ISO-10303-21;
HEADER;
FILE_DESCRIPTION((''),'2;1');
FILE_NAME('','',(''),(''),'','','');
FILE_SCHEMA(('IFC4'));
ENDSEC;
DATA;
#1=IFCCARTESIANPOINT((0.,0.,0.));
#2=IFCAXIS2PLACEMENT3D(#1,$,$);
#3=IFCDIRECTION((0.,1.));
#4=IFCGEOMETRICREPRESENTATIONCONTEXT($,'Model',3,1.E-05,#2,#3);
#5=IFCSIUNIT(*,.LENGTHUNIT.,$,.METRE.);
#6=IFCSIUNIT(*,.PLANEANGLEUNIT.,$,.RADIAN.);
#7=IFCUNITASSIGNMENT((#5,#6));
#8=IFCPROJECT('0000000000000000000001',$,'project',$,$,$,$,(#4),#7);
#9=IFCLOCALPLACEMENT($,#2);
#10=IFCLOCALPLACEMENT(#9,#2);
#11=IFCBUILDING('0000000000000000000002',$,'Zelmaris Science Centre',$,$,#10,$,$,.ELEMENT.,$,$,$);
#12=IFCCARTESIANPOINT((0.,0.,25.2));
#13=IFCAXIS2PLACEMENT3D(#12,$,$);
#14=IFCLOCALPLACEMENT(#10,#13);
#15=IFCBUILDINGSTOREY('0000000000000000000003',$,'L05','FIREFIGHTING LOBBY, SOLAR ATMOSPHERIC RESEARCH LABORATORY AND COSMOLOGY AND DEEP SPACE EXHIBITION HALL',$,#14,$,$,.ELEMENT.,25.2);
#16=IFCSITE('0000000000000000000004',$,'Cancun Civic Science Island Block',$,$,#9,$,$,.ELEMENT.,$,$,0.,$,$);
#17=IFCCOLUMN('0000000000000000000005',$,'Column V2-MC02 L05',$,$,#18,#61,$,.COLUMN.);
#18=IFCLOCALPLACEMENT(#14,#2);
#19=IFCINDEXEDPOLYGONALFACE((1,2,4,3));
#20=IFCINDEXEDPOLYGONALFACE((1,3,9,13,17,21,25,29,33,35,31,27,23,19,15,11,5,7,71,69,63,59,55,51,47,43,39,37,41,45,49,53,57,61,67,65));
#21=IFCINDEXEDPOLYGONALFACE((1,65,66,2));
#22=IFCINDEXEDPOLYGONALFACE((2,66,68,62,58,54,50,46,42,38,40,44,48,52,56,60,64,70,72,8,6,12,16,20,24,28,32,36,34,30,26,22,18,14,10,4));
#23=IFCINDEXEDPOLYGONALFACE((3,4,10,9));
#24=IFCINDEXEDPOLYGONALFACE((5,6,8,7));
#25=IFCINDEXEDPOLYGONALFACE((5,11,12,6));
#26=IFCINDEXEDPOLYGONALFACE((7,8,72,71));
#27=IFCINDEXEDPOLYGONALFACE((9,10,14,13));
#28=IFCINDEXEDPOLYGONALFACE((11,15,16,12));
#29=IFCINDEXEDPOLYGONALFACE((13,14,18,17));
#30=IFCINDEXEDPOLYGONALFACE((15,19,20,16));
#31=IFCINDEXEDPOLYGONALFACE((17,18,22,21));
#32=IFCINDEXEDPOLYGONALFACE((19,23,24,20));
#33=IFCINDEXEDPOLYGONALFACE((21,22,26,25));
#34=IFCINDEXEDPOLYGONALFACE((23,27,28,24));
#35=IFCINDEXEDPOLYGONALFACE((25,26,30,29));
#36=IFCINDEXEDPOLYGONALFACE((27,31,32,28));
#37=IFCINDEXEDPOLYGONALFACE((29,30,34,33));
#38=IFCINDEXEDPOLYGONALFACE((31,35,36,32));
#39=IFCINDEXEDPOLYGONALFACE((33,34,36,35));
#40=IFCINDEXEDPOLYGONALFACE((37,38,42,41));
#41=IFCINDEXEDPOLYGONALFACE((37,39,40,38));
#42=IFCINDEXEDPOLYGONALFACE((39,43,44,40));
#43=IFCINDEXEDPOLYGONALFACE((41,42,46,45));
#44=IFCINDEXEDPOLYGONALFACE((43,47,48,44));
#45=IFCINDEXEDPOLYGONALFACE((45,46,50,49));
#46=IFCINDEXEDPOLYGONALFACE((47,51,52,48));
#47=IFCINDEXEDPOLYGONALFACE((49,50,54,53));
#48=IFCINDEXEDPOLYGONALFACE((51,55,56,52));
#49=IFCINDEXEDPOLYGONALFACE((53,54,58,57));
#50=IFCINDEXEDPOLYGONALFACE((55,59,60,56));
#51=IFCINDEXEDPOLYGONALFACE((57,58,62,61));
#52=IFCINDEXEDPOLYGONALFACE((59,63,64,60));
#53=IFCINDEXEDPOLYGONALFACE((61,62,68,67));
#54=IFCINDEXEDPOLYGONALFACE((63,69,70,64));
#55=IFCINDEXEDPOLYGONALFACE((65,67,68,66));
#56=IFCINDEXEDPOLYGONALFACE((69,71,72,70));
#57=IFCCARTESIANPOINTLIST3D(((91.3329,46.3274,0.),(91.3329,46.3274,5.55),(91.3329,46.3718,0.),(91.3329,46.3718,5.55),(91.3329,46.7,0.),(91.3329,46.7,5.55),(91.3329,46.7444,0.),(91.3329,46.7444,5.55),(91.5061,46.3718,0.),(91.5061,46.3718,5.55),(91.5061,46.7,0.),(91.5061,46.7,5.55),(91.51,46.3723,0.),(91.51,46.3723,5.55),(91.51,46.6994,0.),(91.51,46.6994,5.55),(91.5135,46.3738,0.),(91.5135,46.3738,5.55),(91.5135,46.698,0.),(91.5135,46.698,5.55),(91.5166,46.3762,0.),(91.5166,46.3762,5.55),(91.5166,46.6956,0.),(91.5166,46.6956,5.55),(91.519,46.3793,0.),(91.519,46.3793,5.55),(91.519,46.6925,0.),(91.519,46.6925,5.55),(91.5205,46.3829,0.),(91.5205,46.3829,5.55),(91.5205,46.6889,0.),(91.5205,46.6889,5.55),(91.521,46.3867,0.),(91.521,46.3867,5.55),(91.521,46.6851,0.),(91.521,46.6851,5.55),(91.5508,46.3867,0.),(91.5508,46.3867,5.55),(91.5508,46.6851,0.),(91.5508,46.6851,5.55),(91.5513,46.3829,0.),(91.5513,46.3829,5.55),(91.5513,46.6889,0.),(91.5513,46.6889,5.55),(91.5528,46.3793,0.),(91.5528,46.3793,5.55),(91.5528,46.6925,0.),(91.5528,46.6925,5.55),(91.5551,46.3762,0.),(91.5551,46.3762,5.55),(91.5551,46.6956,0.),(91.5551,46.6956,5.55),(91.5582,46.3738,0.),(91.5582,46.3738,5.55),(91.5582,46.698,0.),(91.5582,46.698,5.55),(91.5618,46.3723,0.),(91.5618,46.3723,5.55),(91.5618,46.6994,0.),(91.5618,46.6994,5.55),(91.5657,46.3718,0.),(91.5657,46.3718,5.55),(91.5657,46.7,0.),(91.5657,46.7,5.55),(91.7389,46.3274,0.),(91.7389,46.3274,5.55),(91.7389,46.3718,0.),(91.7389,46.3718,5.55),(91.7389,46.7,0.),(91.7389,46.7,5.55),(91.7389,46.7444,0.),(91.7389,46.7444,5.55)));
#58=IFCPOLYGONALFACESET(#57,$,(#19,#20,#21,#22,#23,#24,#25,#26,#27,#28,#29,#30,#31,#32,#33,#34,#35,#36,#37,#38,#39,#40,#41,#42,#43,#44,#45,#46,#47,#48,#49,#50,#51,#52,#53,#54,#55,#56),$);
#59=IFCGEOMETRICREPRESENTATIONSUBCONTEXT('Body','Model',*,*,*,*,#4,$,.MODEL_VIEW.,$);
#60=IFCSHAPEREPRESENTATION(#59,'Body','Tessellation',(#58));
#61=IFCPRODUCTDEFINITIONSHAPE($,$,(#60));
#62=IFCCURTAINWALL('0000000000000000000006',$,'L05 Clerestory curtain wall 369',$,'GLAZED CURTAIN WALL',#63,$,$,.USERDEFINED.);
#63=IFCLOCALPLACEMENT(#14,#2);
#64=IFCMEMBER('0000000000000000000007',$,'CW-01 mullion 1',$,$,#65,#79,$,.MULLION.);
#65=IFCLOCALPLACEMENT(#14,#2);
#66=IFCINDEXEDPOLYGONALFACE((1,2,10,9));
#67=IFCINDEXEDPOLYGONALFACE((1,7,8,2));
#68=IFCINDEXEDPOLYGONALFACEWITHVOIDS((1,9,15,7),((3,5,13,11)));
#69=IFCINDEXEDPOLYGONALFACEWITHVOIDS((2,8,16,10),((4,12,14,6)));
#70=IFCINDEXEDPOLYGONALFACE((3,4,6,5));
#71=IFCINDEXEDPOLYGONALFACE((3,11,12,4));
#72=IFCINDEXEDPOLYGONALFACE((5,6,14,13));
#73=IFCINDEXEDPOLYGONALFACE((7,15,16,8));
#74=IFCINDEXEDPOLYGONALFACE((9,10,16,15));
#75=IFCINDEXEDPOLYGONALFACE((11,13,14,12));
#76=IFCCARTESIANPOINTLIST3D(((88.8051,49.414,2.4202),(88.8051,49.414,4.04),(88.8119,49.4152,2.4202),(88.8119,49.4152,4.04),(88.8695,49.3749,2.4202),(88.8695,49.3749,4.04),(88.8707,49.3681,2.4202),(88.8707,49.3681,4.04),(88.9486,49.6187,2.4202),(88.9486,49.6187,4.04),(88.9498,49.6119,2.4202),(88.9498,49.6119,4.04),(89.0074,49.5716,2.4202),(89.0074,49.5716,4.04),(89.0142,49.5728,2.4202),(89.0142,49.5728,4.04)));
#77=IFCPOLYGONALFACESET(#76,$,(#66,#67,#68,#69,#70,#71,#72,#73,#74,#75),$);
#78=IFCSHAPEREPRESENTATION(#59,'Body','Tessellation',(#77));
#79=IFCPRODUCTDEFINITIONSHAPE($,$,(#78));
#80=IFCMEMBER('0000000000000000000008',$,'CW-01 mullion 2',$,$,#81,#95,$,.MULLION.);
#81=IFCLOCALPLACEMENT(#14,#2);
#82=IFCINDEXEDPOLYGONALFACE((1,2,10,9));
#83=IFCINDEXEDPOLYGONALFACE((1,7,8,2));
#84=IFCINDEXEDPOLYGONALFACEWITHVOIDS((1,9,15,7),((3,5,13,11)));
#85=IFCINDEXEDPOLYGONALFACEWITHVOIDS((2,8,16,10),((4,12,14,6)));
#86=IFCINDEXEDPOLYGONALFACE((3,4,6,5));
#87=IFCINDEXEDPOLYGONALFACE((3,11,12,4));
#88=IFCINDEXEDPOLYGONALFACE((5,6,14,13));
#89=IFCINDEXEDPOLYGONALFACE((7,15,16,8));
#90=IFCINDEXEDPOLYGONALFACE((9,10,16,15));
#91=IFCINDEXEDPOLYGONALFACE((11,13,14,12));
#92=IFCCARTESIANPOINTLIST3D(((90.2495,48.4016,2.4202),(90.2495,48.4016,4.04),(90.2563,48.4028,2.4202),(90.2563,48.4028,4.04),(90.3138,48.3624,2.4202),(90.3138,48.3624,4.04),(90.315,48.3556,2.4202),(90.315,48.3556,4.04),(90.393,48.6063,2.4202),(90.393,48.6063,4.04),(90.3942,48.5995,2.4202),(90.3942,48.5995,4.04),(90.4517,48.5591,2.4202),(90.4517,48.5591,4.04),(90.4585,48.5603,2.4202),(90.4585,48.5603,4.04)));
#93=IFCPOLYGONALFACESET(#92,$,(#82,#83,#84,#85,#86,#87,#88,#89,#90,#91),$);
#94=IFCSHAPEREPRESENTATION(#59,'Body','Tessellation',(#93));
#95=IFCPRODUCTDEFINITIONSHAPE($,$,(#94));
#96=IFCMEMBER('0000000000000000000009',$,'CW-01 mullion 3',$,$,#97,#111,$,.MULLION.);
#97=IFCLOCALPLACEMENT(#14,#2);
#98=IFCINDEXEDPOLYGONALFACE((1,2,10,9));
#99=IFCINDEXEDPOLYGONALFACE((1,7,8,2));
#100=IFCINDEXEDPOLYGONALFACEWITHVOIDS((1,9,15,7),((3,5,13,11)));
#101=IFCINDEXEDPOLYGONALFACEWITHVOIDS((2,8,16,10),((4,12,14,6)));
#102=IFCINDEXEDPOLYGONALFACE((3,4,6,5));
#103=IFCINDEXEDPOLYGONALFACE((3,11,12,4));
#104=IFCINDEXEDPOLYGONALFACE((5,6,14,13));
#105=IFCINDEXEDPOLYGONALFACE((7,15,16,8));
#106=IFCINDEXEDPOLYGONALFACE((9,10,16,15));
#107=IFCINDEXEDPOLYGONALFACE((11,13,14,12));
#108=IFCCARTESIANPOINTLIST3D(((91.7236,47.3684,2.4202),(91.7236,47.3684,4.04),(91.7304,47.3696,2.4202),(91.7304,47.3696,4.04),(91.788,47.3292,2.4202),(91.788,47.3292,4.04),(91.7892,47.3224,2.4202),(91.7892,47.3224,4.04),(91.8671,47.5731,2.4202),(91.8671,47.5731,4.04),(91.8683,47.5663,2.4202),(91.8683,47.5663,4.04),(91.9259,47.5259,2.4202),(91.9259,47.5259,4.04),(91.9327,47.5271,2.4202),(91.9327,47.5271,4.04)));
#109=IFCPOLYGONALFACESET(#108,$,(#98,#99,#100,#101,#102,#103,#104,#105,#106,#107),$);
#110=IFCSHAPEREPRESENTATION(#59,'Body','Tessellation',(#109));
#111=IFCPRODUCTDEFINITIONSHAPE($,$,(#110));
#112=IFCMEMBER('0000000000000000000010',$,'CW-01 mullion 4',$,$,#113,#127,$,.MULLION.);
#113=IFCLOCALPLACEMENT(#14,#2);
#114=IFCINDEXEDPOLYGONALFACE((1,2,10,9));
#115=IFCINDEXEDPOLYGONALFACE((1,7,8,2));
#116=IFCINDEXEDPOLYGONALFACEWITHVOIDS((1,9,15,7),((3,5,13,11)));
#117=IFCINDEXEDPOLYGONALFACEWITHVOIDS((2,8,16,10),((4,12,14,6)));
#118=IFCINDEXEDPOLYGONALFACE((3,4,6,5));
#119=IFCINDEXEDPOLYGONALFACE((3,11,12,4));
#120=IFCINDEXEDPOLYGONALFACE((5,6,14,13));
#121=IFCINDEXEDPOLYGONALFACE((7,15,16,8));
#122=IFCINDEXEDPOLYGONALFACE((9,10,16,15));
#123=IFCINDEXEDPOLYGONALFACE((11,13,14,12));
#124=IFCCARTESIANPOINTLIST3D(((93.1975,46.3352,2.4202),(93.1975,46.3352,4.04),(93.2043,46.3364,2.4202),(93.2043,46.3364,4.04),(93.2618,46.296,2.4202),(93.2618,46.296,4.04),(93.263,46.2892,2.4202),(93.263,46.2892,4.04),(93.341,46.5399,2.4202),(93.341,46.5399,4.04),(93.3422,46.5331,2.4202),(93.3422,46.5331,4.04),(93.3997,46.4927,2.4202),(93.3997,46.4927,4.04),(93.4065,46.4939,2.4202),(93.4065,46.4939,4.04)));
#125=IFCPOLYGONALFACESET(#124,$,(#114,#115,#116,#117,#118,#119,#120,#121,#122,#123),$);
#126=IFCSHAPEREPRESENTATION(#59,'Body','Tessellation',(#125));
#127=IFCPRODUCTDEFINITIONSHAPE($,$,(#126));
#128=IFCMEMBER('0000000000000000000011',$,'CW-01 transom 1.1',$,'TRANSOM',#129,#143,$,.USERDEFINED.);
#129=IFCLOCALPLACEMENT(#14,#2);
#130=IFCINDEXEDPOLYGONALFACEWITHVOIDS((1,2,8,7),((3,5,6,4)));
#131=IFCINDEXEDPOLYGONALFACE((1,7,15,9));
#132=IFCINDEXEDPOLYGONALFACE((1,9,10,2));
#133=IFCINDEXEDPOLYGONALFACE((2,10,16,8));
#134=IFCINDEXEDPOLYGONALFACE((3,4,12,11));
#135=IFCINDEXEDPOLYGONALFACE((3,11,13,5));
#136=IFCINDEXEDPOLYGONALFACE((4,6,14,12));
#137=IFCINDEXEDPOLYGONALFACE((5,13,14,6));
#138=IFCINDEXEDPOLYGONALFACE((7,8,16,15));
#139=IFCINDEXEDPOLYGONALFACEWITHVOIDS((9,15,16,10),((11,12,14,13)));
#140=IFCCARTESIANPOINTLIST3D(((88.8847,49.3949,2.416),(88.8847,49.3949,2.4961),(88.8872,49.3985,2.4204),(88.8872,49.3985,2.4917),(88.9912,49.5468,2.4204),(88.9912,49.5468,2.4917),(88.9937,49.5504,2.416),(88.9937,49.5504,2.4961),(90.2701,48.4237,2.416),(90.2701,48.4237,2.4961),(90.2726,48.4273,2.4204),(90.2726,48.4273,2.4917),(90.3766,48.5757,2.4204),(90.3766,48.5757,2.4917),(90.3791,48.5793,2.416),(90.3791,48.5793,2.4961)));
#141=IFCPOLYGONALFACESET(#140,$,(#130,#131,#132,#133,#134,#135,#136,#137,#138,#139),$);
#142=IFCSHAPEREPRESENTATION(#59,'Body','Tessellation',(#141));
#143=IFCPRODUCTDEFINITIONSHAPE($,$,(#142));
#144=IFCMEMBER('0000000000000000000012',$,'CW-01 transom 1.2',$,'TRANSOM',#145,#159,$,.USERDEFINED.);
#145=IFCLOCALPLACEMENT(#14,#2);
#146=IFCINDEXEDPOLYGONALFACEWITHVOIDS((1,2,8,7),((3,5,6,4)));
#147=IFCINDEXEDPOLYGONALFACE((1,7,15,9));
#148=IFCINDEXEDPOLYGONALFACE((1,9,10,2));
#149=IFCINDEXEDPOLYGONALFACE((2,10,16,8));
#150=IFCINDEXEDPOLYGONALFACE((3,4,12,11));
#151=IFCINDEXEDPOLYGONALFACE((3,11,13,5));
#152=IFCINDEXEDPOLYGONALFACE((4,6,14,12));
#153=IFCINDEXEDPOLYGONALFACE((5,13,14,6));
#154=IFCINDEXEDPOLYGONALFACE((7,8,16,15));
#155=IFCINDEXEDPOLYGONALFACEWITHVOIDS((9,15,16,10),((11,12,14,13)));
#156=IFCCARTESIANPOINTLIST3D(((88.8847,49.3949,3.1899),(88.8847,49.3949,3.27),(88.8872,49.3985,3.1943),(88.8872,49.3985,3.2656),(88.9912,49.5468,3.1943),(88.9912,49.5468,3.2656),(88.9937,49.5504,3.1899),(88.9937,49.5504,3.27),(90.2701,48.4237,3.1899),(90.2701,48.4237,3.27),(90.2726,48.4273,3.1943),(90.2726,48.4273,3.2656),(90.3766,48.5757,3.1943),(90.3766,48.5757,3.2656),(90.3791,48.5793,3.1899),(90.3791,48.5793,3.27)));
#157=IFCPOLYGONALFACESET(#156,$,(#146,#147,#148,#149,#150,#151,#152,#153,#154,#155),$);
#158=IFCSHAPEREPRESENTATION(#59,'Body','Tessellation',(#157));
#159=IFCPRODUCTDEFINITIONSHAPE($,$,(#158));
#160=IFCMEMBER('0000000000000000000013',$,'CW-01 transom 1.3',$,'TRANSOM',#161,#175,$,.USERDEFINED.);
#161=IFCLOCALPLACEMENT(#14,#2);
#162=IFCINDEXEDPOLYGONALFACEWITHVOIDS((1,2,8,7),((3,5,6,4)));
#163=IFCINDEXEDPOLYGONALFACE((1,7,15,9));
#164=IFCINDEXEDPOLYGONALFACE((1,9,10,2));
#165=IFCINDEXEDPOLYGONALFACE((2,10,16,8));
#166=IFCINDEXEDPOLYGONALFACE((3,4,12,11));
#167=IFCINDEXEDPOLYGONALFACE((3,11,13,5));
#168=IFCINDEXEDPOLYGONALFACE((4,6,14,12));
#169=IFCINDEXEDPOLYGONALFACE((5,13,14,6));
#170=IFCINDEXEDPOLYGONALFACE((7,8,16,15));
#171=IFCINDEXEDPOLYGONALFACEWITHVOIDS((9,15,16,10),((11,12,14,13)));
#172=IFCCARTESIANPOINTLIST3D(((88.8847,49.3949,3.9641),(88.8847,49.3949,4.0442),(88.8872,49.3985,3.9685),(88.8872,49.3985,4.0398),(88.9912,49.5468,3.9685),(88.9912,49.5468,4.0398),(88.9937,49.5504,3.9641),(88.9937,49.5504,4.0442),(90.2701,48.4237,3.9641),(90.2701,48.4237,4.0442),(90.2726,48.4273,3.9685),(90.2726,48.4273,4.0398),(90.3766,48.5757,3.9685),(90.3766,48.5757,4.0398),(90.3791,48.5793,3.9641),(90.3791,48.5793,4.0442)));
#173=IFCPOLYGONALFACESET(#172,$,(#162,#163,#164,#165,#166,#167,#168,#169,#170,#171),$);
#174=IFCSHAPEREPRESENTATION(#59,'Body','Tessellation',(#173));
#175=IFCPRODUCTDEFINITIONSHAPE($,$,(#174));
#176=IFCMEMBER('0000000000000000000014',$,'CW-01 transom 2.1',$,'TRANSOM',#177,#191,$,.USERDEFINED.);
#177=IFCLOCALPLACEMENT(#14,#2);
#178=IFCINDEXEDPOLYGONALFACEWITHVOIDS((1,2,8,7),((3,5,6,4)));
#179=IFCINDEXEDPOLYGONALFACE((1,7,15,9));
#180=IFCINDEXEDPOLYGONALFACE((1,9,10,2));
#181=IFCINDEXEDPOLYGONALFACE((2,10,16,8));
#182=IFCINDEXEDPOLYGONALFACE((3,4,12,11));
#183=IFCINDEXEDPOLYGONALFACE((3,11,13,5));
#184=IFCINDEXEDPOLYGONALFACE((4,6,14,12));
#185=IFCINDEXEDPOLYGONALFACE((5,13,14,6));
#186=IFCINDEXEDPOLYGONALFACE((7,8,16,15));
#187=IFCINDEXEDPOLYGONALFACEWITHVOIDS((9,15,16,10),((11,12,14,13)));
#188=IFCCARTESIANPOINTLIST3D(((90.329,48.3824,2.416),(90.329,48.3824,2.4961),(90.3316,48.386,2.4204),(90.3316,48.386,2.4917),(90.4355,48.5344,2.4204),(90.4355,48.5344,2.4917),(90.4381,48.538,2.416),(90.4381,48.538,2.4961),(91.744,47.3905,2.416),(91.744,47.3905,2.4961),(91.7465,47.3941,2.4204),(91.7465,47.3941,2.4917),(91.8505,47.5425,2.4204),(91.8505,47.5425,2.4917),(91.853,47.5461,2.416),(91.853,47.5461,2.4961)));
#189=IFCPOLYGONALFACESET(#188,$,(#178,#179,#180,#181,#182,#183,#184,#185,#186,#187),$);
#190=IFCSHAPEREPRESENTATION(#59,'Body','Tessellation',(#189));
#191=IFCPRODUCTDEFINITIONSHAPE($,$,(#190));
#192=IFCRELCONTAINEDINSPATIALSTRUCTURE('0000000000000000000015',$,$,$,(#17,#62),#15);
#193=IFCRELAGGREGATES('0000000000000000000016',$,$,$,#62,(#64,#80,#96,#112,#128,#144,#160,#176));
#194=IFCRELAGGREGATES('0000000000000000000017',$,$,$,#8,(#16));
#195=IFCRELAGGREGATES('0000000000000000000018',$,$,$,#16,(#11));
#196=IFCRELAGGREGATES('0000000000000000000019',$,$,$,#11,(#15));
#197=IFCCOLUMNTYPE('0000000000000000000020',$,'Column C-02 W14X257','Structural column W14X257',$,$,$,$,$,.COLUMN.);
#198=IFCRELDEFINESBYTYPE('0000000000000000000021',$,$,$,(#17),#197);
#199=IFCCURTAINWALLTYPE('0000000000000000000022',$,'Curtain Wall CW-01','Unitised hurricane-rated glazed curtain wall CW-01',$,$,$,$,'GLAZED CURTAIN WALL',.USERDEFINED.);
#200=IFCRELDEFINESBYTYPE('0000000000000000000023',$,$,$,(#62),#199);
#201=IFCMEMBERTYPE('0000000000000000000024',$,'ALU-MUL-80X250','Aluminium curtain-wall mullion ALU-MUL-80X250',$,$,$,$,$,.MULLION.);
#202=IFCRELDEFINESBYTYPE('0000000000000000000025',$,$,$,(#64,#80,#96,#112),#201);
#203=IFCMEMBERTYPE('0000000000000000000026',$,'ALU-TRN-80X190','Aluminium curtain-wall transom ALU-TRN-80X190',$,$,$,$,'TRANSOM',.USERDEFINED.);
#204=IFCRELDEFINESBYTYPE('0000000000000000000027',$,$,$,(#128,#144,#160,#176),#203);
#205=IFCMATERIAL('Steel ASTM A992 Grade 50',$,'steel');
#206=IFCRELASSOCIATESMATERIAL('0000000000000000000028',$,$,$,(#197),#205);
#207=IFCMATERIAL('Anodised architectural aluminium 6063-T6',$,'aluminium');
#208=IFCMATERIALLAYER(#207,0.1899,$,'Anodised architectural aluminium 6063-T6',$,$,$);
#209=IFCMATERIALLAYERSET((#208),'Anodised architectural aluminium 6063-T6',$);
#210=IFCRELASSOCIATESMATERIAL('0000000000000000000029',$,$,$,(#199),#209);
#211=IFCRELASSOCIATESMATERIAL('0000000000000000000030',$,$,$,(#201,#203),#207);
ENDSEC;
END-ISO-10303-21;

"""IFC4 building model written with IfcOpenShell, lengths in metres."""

from ifc_helpers import new_model, si_unit, direction, frame, origin, origin_2d, place, context, subcontext, project, spatial, hollow_rectangle, i_section, extrude, material, layer, layer_set, material_profile, profile_set, type_object, element, aggregate, save


model = new_model("IFC4")

# Units and contexts
model_context = context("Model", 3, precision=1e-05, world=origin(), true_north=direction((0.0, 1.0)))
body_context = subcontext(model_context, "Body", "Model", "MODEL_VIEW")
ifc_project = project(units=[si_unit("LENGTHUNIT", "METRE"), si_unit("PLANEANGLEUNIT", "RADIAN")], contexts=[model_context])

# Site, building, storey
site_placement = place(None, origin())
site = spatial("IfcSite", under=ifc_project, at=site_placement, Name="Cancun Civic Science Island Block", CompositionType="ELEMENT", RefElevation=0.0)
building_placement = place(site_placement, origin())
building = spatial("IfcBuilding", under=site, at=building_placement, Name="Zelmaris Science Centre", CompositionType="ELEMENT")
storey_placement = place(building_placement, frame((0.0, 0.0, 25.2)))
storey = spatial("IfcBuildingStorey", under=building, at=storey_placement, Name="L05", Description="FIREFIGHTING LOBBY, SOLAR ATMOSPHERIC RESEARCH LABORATORY AND COSMOLOGY AND DEEP SPACE EXHIBITION HALL", CompositionType="ELEMENT", Elevation=25.2)

# Column
ifc_material_1 = material(Name="Steel ASTM A992 Grade 50", Category="steel")
ifc_material_profile_1 = material_profile(ifc_material_1, i_section(OverallWidth=0.406, OverallDepth=0.417, WebThickness=0.0298, FlangeThickness=0.0444, FilletRadius=0.0149, at=origin_2d()), Name="W14X257")
ifc_profile_set_1 = profile_set([ifc_material_profile_1], Name="Steel ASTM A992 Grade 50")
column_type = type_object("IfcColumnType", Name="Column C-02 W14X257", Description="Structural column W14X257", PredefinedType="COLUMN", material=ifc_profile_set_1)
column_placement = place(storey_placement, frame((91.5359, 46.5359, 0.0), z_axis=(0.0, 0.0, 1.0), x_axis=(1.0, 0.0, 0.0)))
element("IfcColumn", 1, at=column_placement, inside=storey, type_object=column_type, Name="Column V2-MC02 L05", PredefinedType="COLUMN", context=body_context, shape_type="SweptSolid", body=[
    extrude(i_section(OverallWidth=0.406, OverallDepth=0.417, WebThickness=0.0298, FlangeThickness=0.0444, FilletRadius=0.0149, at=origin_2d()), origin(), (0.0, 0.0, 1.0), 5.55),
])

# Curtain wall, members
ifc_material_2 = material(Name="Anodised architectural aluminium 6063-T6", Category="aluminium")
ifc_layer_1 = layer(ifc_material_2, 0.1899, Name="Anodised architectural aluminium 6063-T6")
ifc_layer_set_1 = layer_set([ifc_layer_1], Name="Anodised architectural aluminium 6063-T6")
curtain_wall_type = type_object("IfcCurtainWallType", Name="Curtain Wall CW-01", Description="Unitised hurricane-rated glazed curtain wall CW-01", ElementType="GLAZED CURTAIN WALL", PredefinedType="USERDEFINED", material=ifc_layer_set_1)
curtain_wall_placement = place(storey_placement, origin())
curtain_wall = element("IfcCurtainWall", 2, at=curtain_wall_placement, inside=storey, type_object=curtain_wall_type, Name="L05 Clerestory curtain wall 369", ObjectType="GLAZED CURTAIN WALL", PredefinedType="USERDEFINED")
ifc_material_profile_2 = material_profile(ifc_material_2, hollow_rectangle(XDim=0.0801, YDim=0.25, WallThickness=0.0049, at=origin_2d()), Name="ALU-MUL-80X250")
ifc_profile_set_2 = profile_set([ifc_material_profile_2], Name="Anodised architectural aluminium 6063-T6")
member_type_1 = type_object("IfcMemberType", Name="ALU-MUL-80X250", Description="Aluminium curtain-wall mullion ALU-MUL-80X250", PredefinedType="MULLION", material=ifc_profile_set_2)
member_1_placement = place(storey_placement, frame((88.9097, 49.4934, 2.4202), z_axis=(0.0, 0.0, 1.0), x_axis=(0.818853, -0.574004, 0.0)))
member_1 = element("IfcMember", 3, at=member_1_placement, type_object=member_type_1, Name="CW-01 mullion 1", PredefinedType="MULLION", context=body_context, shape_type="SweptSolid", body=[
    extrude(hollow_rectangle(XDim=0.0801, YDim=0.25, WallThickness=0.0049, at=origin_2d()), origin(), (0.0, 0.0, 1.0), 1.6199),
])
member_2_placement = place(storey_placement, frame((90.354, 48.481, 2.4202), z_axis=(0.0, 0.0, 1.0), x_axis=(0.818853, -0.574004, 0.0)))
member_2 = element("IfcMember", 4, at=member_2_placement, type_object=member_type_1, Name="CW-01 mullion 2", PredefinedType="MULLION", context=body_context, shape_type="SweptSolid", body=[
    extrude(hollow_rectangle(XDim=0.0801, YDim=0.25, WallThickness=0.0049, at=origin_2d()), origin(), (0.0, 0.0, 1.0), 1.6199),
])
member_3_placement = place(storey_placement, frame((91.8281, 47.4478, 2.4202), z_axis=(0.0, 0.0, 1.0), x_axis=(0.818853, -0.574004, 0.0)))
member_3 = element("IfcMember", 5, at=member_3_placement, type_object=member_type_1, Name="CW-01 mullion 3", PredefinedType="MULLION", context=body_context, shape_type="SweptSolid", body=[
    extrude(hollow_rectangle(XDim=0.0801, YDim=0.25, WallThickness=0.0049, at=origin_2d()), origin(), (0.0, 0.0, 1.0), 1.6199),
])
member_4_placement = place(storey_placement, frame((93.302, 46.4146, 2.4202), z_axis=(0.0, 0.0, 1.0), x_axis=(0.818853, -0.574004, 0.0)))
member_4 = element("IfcMember", 6, at=member_4_placement, type_object=member_type_1, Name="CW-01 mullion 4", PredefinedType="MULLION", context=body_context, shape_type="SweptSolid", body=[
    extrude(hollow_rectangle(XDim=0.0801, YDim=0.25, WallThickness=0.0049, at=origin_2d()), origin(), (0.0, 0.0, 1.0), 1.6199),
])
ifc_material_profile_3 = material_profile(ifc_material_2, hollow_rectangle(XDim=0.0801, YDim=0.1899, WallThickness=0.0044, at=origin_2d()), Name="ALU-TRN-80X190")
ifc_profile_set_3 = profile_set([ifc_material_profile_3], Name="Anodised architectural aluminium 6063-T6")
member_type_2 = type_object("IfcMemberType", Name="ALU-TRN-80X190", Description="Aluminium curtain-wall transom ALU-TRN-80X190", ElementType="TRANSOM", PredefinedType="USERDEFINED", material=ifc_profile_set_3)
member_5_placement = place(storey_placement, frame((88.9392, 49.4727, 2.4561), z_axis=(0.818859, -0.573995, 0.0), x_axis=(0.0, 0.0, 1.0)))
member_5 = element("IfcMember", 7, at=member_5_placement, type_object=member_type_2, Name="CW-01 transom 1.1", ObjectType="TRANSOM", PredefinedType="USERDEFINED", context=body_context, shape_type="SweptSolid", body=[
    extrude(hollow_rectangle(XDim=0.0801, YDim=0.1899, WallThickness=0.0044, at=origin_2d()), origin(), (0.0, 0.0, 1.0), 1.6919),
])
member_6_placement = place(storey_placement, frame((88.9392, 49.4727, 3.23), z_axis=(0.818859, -0.573995, 0.0), x_axis=(0.0, 0.0, 1.0)))
member_6 = element("IfcMember", 8, at=member_6_placement, type_object=member_type_2, Name="CW-01 transom 1.2", ObjectType="TRANSOM", PredefinedType="USERDEFINED", context=body_context, shape_type="SweptSolid", body=[
    extrude(hollow_rectangle(XDim=0.0801, YDim=0.1899, WallThickness=0.0044, at=origin_2d()), origin(), (0.0, 0.0, 1.0), 1.6919),
])
member_7_placement = place(storey_placement, frame((88.9392, 49.4727, 4.0042), z_axis=(0.818859, -0.573995, 0.0), x_axis=(0.0, 0.0, 1.0)))
member_7 = element("IfcMember", 9, at=member_7_placement, type_object=member_type_2, Name="CW-01 transom 1.3", ObjectType="TRANSOM", PredefinedType="USERDEFINED", context=body_context, shape_type="SweptSolid", body=[
    extrude(hollow_rectangle(XDim=0.0801, YDim=0.1899, WallThickness=0.0044, at=origin_2d()), origin(), (0.0, 0.0, 1.0), 1.6919),
])
member_8_placement = place(storey_placement, frame((90.3835, 48.4602, 2.4561), z_axis=(0.818847, -0.574012, 0.0), x_axis=(0.0, 0.0, 1.0)))
member_8 = element("IfcMember", 10, at=member_8_placement, type_object=member_type_2, Name="CW-01 transom 2.1", ObjectType="TRANSOM", PredefinedType="USERDEFINED", context=body_context, shape_type="SweptSolid", body=[
    extrude(hollow_rectangle(XDim=0.0801, YDim=0.1899, WallThickness=0.0044, at=origin_2d()), origin(), (0.0, 0.0, 1.0), 1.728),
])

aggregate(curtain_wall, [member_1, member_2, member_3, member_4, member_5, member_6, member_7, member_8])

save(model, "model.ifc")
